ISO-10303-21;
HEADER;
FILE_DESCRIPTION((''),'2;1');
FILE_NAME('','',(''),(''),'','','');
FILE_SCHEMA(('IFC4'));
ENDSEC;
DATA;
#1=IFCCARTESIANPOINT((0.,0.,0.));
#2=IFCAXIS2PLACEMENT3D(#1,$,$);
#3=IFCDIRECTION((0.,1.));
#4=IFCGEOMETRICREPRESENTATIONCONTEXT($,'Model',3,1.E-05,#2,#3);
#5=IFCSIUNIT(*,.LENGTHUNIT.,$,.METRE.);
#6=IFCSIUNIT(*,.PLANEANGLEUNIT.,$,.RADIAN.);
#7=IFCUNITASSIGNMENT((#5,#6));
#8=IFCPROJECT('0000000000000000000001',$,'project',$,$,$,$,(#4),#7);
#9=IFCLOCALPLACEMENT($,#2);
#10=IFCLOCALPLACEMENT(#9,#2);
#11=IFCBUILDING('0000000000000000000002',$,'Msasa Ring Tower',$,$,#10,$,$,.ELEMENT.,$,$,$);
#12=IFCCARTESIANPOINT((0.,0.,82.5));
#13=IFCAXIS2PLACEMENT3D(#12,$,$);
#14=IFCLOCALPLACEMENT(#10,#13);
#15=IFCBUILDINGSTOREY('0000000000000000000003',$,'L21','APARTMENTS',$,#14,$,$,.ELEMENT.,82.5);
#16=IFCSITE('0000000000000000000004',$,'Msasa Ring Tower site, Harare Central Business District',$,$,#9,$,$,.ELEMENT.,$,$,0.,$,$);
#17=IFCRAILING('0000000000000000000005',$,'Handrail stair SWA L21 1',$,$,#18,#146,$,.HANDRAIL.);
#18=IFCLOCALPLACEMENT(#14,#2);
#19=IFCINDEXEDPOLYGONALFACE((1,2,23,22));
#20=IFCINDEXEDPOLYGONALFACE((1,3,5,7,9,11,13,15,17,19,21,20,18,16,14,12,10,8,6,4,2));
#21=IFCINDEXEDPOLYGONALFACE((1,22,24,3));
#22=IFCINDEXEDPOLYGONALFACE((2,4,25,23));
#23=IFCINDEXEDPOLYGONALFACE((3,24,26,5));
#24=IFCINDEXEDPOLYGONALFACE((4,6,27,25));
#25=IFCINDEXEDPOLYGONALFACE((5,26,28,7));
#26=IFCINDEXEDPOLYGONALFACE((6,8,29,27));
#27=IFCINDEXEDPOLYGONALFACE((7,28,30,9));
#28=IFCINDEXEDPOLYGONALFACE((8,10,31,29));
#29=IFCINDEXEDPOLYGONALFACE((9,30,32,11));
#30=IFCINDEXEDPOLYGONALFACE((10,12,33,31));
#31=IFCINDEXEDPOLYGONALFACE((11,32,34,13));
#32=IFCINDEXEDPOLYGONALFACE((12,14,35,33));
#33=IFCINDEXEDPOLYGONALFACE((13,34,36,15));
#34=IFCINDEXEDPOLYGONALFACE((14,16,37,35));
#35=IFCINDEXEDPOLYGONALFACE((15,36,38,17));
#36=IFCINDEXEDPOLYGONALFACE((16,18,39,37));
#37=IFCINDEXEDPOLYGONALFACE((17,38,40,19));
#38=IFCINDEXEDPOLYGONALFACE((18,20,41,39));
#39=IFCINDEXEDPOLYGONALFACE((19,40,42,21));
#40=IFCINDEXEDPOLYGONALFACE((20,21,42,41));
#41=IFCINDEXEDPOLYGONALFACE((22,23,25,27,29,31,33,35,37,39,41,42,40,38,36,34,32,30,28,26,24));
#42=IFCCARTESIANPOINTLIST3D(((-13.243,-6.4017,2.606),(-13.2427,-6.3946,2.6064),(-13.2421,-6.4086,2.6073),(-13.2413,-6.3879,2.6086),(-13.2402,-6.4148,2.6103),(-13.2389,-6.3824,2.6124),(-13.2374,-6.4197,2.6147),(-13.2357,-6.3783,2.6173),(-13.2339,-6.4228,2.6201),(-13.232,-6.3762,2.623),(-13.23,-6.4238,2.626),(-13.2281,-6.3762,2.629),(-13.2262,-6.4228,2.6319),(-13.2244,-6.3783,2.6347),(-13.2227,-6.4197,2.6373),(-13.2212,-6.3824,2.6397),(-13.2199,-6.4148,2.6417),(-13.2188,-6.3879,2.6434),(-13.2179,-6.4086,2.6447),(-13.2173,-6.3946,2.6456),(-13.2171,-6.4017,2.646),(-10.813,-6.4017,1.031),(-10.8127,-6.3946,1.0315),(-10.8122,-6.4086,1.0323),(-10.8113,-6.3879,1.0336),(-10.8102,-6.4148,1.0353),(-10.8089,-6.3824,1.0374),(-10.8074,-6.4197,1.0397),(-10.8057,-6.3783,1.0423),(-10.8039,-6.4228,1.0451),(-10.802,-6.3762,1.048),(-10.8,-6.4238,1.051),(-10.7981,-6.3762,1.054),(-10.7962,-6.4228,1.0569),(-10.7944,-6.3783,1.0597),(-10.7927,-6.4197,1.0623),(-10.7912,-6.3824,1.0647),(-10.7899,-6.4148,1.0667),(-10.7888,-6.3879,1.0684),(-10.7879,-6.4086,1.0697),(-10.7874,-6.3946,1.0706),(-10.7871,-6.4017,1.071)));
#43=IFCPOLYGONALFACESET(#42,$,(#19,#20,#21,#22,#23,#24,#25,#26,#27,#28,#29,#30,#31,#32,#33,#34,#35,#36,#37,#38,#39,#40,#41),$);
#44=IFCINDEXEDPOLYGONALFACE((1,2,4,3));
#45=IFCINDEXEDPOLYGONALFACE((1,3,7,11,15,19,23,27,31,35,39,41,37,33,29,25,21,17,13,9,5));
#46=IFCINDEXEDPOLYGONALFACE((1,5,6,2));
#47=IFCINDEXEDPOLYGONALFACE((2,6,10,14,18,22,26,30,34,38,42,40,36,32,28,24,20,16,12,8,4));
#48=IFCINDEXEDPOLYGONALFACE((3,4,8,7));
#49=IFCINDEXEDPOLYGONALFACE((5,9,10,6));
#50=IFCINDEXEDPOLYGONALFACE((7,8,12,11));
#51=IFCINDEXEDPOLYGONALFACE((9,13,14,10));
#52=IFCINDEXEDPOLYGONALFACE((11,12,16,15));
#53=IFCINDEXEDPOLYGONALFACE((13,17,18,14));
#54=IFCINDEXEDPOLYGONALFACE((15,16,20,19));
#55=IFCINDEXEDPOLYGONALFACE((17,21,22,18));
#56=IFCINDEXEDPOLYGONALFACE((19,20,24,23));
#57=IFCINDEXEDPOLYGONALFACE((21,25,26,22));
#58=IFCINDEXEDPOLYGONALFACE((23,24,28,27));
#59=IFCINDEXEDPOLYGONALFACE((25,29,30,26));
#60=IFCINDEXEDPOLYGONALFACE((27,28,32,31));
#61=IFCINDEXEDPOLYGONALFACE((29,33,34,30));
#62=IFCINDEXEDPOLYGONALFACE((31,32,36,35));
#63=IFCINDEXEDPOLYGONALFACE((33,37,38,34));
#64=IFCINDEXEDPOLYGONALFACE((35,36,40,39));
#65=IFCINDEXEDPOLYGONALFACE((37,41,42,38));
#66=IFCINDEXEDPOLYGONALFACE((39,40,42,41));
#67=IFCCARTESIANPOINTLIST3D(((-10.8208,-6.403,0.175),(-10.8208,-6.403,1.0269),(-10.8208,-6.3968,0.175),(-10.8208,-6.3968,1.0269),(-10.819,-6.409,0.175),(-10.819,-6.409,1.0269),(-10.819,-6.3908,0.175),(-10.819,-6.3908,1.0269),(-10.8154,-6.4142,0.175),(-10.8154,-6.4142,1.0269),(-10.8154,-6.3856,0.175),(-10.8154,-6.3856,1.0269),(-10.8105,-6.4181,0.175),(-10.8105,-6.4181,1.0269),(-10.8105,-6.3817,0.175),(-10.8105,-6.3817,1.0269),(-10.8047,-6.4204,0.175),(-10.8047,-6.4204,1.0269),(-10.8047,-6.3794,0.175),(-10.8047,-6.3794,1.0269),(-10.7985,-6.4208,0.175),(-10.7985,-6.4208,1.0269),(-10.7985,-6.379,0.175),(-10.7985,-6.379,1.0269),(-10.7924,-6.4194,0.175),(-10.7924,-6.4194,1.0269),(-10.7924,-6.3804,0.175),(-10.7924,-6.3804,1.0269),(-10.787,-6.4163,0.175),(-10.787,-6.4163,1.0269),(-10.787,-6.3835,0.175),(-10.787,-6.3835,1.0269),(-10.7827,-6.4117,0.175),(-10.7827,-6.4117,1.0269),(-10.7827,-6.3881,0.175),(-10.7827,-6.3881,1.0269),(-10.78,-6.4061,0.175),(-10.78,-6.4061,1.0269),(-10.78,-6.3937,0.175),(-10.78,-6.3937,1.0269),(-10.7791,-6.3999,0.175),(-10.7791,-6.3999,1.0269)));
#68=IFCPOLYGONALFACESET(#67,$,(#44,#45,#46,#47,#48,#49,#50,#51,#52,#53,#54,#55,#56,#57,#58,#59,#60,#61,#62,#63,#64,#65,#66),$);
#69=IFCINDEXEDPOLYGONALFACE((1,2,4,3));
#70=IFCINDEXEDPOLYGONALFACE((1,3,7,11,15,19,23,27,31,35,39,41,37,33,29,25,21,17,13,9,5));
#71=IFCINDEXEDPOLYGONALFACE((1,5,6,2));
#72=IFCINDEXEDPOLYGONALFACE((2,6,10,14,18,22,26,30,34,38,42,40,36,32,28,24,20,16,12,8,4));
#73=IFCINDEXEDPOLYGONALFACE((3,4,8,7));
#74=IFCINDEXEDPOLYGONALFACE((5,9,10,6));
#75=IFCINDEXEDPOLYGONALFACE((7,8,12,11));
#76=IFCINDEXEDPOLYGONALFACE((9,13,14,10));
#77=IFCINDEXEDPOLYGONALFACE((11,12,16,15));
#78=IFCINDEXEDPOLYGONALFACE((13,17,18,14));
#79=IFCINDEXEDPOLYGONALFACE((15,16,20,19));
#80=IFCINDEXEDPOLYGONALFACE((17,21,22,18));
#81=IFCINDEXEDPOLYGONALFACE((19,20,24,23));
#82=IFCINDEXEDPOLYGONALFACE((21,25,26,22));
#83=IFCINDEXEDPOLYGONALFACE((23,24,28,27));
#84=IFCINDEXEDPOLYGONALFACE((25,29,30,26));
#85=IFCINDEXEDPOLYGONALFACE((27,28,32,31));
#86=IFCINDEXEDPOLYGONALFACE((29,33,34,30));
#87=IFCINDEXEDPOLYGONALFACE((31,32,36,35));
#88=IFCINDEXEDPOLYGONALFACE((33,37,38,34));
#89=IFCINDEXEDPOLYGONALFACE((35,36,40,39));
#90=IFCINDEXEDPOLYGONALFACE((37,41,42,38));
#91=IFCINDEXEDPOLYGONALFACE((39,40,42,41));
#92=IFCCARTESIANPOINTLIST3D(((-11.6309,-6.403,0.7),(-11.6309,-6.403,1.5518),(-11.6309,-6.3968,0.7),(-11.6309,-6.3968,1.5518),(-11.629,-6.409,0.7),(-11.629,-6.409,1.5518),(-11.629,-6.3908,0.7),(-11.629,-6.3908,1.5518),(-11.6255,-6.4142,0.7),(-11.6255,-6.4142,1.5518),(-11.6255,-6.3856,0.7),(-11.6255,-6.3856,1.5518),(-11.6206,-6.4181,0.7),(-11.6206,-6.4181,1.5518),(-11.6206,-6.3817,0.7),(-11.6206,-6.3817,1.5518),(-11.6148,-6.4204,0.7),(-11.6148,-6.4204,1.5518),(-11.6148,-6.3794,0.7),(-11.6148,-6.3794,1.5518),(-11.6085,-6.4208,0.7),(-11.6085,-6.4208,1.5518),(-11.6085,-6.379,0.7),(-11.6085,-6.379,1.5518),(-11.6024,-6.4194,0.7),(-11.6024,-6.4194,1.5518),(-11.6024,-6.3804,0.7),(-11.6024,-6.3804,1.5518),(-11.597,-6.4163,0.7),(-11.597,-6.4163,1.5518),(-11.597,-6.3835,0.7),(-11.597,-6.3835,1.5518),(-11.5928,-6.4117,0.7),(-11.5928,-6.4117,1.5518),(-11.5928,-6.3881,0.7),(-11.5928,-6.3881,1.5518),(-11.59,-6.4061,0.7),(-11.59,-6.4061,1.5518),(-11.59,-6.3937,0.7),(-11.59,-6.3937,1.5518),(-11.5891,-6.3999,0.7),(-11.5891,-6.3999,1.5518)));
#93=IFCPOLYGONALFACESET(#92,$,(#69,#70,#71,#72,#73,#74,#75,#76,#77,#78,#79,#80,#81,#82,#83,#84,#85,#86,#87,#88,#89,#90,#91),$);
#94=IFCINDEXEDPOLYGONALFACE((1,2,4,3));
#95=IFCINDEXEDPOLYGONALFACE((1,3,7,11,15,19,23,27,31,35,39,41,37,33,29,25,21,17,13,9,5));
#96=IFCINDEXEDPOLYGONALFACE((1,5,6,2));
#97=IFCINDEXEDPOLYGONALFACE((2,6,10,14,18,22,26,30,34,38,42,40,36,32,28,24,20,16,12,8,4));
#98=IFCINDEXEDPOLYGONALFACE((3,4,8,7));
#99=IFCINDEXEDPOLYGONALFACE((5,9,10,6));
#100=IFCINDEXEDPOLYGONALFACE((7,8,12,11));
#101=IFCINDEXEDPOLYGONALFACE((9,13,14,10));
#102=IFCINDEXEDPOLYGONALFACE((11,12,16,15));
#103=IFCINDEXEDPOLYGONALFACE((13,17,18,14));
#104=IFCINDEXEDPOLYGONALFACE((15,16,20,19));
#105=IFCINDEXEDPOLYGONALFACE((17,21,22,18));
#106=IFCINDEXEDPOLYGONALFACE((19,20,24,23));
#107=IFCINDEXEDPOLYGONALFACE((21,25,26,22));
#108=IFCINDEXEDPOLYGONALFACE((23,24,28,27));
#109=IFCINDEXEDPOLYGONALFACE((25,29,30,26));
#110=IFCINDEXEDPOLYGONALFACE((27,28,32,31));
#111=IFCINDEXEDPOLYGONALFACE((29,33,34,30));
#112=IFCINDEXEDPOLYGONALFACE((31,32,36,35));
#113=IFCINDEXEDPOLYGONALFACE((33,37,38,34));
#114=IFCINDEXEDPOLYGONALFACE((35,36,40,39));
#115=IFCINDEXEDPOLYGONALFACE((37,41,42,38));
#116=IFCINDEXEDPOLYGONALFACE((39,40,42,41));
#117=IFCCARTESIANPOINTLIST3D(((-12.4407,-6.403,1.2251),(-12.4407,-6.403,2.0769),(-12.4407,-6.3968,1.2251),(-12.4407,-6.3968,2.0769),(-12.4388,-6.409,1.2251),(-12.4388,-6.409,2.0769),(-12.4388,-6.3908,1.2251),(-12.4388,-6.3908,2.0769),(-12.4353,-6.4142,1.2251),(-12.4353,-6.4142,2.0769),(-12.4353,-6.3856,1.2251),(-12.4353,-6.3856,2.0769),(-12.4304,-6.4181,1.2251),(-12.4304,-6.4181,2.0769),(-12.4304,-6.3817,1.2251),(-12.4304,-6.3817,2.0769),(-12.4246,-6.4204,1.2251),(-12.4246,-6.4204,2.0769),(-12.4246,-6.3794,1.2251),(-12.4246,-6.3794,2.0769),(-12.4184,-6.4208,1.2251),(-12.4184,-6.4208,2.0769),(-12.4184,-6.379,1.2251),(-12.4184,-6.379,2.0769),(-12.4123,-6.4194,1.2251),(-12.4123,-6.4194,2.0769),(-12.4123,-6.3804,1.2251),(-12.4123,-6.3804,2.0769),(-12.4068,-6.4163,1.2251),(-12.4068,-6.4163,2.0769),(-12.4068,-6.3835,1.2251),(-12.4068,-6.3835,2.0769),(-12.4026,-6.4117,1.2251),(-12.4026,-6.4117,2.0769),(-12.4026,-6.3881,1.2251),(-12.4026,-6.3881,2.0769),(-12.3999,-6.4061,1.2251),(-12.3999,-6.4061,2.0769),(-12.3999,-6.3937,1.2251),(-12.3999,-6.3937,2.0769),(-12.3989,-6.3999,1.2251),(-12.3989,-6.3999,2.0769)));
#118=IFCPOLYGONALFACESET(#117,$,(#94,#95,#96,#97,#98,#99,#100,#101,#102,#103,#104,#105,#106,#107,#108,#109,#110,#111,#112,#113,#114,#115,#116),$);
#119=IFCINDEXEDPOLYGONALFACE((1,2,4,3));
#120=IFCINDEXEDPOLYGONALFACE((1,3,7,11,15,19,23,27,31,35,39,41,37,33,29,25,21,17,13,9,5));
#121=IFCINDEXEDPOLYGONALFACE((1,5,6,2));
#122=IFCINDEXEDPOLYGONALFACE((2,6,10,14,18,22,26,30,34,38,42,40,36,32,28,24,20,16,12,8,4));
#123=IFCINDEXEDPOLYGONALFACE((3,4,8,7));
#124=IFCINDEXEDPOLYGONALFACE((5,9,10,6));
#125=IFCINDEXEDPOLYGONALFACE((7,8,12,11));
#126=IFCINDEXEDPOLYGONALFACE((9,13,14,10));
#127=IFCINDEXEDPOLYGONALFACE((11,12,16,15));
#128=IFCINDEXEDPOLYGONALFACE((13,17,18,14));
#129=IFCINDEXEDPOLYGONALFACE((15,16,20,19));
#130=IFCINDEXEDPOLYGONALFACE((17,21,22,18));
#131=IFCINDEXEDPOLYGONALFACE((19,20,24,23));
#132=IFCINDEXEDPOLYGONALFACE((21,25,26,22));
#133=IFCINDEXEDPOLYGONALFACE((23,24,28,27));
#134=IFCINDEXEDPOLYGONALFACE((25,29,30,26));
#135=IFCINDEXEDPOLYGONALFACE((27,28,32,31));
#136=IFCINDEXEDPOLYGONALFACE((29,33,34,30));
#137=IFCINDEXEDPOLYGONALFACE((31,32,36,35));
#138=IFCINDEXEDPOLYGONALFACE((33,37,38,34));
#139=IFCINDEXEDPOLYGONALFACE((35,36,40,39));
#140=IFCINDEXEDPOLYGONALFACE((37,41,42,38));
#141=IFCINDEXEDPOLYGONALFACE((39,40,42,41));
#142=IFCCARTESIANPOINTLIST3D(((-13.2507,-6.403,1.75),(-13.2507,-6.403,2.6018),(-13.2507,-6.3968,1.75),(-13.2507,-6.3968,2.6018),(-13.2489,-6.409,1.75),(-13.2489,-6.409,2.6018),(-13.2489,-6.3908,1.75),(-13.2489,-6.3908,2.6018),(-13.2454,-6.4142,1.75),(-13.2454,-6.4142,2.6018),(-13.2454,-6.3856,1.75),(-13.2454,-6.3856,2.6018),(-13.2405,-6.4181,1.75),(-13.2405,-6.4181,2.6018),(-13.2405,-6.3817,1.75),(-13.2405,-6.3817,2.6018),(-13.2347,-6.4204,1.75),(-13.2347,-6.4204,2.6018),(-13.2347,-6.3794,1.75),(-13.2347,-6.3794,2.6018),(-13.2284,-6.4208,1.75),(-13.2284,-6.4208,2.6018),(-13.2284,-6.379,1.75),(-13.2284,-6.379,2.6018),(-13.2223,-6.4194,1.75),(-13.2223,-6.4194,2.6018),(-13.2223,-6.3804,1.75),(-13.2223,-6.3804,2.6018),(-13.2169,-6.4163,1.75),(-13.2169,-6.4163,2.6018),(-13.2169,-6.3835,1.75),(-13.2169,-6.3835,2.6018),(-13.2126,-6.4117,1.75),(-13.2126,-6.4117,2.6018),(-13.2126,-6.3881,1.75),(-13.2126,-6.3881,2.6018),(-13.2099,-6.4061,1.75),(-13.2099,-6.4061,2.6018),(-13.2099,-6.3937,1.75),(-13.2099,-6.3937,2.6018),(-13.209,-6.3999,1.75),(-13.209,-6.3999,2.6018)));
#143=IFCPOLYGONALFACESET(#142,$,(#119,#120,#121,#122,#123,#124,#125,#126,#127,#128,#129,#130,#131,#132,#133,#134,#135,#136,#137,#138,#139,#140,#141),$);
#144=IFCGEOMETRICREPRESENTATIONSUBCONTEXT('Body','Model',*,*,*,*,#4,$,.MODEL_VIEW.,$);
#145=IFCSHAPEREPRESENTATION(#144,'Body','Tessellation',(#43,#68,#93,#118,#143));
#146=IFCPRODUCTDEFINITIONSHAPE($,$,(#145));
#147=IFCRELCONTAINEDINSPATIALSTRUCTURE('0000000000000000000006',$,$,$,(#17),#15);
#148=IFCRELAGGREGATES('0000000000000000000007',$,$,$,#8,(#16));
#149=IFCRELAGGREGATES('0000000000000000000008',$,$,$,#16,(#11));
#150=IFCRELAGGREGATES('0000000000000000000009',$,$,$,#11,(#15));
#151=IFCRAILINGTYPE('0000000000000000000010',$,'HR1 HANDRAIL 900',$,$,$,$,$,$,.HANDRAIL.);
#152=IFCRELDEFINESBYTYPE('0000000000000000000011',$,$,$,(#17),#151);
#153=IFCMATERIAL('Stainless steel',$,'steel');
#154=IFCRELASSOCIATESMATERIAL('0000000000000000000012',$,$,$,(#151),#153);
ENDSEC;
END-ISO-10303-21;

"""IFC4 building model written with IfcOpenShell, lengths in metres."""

from ifc_helpers import new_model, si_unit, direction, frame, origin, origin_2d, place, context, subcontext, project, spatial, circle, extrude, material, type_object, element, save


model = new_model("IFC4")

# Units and contexts
model_context = context("Model", 3, precision=1e-05, world=origin(), true_north=direction((0.0, 1.0)))
body_context = subcontext(model_context, "Body", "Model", "MODEL_VIEW")
ifc_project = project(units=[si_unit("LENGTHUNIT", "METRE"), si_unit("PLANEANGLEUNIT", "RADIAN")], contexts=[model_context])

# Site, building, storey
site_placement = place(None, origin())
site = spatial("IfcSite", under=ifc_project, at=site_placement, Name="Msasa Ring Tower site, Harare Central Business District", CompositionType="ELEMENT", RefElevation=0.0)
building_placement = place(site_placement, origin())
building = spatial("IfcBuilding", under=site, at=building_placement, Name="Msasa Ring Tower", CompositionType="ELEMENT")
storey_placement = place(building_placement, frame((0.0, 0.0, 82.5)))
storey = spatial("IfcBuildingStorey", under=building, at=storey_placement, Name="L21", Description="APARTMENTS", CompositionType="ELEMENT", Elevation=82.5)

# Railing
ifc_material_1 = material(Name="Stainless steel", Category="steel")
railing_type = type_object("IfcRailingType", Name="HR1 HANDRAIL 900", PredefinedType="HANDRAIL", material=ifc_material_1)
for number, where, name in (
    (1, (-10.8, -6.3999, 0.175), "Handrail stair SWA L21 1"),
):
    element("IfcRailing", number, at=place(storey_placement, frame(where)), inside=storey, type_object=railing_type, Name=name, PredefinedType="HANDRAIL", context=body_context, shape_type="SweptSolid", body=[
        extrude(circle(Radius=0.0239, at=origin_2d()), frame((0.0, 0.0, 0.876), z_axis=(-0.839154, 0.0, 0.543894), x_axis=(0.0, -1.0, 0.0)), (0.0, 0.0, 1.0), 2.8958),
        extrude(circle(Radius=0.021, at=origin_2d()), origin(), (0.0, 0.0, 1.0), 0.8518),
        extrude(circle(Radius=0.021, at=origin_2d()), frame((-0.8101, 0.0, 0.5249)), (0.0, 0.0, 1.0), 0.8518),
        extrude(circle(Radius=0.021, at=origin_2d()), frame((-1.6199, 0.0, 1.05)), (0.0, 0.0, 1.0), 0.8518),
        extrude(circle(Radius=0.021, at=origin_2d()), frame((-2.4299, 0.0, 1.575)), (0.0, 0.0, 1.0), 0.8518),
    ])

save(model, "model.ifc")
